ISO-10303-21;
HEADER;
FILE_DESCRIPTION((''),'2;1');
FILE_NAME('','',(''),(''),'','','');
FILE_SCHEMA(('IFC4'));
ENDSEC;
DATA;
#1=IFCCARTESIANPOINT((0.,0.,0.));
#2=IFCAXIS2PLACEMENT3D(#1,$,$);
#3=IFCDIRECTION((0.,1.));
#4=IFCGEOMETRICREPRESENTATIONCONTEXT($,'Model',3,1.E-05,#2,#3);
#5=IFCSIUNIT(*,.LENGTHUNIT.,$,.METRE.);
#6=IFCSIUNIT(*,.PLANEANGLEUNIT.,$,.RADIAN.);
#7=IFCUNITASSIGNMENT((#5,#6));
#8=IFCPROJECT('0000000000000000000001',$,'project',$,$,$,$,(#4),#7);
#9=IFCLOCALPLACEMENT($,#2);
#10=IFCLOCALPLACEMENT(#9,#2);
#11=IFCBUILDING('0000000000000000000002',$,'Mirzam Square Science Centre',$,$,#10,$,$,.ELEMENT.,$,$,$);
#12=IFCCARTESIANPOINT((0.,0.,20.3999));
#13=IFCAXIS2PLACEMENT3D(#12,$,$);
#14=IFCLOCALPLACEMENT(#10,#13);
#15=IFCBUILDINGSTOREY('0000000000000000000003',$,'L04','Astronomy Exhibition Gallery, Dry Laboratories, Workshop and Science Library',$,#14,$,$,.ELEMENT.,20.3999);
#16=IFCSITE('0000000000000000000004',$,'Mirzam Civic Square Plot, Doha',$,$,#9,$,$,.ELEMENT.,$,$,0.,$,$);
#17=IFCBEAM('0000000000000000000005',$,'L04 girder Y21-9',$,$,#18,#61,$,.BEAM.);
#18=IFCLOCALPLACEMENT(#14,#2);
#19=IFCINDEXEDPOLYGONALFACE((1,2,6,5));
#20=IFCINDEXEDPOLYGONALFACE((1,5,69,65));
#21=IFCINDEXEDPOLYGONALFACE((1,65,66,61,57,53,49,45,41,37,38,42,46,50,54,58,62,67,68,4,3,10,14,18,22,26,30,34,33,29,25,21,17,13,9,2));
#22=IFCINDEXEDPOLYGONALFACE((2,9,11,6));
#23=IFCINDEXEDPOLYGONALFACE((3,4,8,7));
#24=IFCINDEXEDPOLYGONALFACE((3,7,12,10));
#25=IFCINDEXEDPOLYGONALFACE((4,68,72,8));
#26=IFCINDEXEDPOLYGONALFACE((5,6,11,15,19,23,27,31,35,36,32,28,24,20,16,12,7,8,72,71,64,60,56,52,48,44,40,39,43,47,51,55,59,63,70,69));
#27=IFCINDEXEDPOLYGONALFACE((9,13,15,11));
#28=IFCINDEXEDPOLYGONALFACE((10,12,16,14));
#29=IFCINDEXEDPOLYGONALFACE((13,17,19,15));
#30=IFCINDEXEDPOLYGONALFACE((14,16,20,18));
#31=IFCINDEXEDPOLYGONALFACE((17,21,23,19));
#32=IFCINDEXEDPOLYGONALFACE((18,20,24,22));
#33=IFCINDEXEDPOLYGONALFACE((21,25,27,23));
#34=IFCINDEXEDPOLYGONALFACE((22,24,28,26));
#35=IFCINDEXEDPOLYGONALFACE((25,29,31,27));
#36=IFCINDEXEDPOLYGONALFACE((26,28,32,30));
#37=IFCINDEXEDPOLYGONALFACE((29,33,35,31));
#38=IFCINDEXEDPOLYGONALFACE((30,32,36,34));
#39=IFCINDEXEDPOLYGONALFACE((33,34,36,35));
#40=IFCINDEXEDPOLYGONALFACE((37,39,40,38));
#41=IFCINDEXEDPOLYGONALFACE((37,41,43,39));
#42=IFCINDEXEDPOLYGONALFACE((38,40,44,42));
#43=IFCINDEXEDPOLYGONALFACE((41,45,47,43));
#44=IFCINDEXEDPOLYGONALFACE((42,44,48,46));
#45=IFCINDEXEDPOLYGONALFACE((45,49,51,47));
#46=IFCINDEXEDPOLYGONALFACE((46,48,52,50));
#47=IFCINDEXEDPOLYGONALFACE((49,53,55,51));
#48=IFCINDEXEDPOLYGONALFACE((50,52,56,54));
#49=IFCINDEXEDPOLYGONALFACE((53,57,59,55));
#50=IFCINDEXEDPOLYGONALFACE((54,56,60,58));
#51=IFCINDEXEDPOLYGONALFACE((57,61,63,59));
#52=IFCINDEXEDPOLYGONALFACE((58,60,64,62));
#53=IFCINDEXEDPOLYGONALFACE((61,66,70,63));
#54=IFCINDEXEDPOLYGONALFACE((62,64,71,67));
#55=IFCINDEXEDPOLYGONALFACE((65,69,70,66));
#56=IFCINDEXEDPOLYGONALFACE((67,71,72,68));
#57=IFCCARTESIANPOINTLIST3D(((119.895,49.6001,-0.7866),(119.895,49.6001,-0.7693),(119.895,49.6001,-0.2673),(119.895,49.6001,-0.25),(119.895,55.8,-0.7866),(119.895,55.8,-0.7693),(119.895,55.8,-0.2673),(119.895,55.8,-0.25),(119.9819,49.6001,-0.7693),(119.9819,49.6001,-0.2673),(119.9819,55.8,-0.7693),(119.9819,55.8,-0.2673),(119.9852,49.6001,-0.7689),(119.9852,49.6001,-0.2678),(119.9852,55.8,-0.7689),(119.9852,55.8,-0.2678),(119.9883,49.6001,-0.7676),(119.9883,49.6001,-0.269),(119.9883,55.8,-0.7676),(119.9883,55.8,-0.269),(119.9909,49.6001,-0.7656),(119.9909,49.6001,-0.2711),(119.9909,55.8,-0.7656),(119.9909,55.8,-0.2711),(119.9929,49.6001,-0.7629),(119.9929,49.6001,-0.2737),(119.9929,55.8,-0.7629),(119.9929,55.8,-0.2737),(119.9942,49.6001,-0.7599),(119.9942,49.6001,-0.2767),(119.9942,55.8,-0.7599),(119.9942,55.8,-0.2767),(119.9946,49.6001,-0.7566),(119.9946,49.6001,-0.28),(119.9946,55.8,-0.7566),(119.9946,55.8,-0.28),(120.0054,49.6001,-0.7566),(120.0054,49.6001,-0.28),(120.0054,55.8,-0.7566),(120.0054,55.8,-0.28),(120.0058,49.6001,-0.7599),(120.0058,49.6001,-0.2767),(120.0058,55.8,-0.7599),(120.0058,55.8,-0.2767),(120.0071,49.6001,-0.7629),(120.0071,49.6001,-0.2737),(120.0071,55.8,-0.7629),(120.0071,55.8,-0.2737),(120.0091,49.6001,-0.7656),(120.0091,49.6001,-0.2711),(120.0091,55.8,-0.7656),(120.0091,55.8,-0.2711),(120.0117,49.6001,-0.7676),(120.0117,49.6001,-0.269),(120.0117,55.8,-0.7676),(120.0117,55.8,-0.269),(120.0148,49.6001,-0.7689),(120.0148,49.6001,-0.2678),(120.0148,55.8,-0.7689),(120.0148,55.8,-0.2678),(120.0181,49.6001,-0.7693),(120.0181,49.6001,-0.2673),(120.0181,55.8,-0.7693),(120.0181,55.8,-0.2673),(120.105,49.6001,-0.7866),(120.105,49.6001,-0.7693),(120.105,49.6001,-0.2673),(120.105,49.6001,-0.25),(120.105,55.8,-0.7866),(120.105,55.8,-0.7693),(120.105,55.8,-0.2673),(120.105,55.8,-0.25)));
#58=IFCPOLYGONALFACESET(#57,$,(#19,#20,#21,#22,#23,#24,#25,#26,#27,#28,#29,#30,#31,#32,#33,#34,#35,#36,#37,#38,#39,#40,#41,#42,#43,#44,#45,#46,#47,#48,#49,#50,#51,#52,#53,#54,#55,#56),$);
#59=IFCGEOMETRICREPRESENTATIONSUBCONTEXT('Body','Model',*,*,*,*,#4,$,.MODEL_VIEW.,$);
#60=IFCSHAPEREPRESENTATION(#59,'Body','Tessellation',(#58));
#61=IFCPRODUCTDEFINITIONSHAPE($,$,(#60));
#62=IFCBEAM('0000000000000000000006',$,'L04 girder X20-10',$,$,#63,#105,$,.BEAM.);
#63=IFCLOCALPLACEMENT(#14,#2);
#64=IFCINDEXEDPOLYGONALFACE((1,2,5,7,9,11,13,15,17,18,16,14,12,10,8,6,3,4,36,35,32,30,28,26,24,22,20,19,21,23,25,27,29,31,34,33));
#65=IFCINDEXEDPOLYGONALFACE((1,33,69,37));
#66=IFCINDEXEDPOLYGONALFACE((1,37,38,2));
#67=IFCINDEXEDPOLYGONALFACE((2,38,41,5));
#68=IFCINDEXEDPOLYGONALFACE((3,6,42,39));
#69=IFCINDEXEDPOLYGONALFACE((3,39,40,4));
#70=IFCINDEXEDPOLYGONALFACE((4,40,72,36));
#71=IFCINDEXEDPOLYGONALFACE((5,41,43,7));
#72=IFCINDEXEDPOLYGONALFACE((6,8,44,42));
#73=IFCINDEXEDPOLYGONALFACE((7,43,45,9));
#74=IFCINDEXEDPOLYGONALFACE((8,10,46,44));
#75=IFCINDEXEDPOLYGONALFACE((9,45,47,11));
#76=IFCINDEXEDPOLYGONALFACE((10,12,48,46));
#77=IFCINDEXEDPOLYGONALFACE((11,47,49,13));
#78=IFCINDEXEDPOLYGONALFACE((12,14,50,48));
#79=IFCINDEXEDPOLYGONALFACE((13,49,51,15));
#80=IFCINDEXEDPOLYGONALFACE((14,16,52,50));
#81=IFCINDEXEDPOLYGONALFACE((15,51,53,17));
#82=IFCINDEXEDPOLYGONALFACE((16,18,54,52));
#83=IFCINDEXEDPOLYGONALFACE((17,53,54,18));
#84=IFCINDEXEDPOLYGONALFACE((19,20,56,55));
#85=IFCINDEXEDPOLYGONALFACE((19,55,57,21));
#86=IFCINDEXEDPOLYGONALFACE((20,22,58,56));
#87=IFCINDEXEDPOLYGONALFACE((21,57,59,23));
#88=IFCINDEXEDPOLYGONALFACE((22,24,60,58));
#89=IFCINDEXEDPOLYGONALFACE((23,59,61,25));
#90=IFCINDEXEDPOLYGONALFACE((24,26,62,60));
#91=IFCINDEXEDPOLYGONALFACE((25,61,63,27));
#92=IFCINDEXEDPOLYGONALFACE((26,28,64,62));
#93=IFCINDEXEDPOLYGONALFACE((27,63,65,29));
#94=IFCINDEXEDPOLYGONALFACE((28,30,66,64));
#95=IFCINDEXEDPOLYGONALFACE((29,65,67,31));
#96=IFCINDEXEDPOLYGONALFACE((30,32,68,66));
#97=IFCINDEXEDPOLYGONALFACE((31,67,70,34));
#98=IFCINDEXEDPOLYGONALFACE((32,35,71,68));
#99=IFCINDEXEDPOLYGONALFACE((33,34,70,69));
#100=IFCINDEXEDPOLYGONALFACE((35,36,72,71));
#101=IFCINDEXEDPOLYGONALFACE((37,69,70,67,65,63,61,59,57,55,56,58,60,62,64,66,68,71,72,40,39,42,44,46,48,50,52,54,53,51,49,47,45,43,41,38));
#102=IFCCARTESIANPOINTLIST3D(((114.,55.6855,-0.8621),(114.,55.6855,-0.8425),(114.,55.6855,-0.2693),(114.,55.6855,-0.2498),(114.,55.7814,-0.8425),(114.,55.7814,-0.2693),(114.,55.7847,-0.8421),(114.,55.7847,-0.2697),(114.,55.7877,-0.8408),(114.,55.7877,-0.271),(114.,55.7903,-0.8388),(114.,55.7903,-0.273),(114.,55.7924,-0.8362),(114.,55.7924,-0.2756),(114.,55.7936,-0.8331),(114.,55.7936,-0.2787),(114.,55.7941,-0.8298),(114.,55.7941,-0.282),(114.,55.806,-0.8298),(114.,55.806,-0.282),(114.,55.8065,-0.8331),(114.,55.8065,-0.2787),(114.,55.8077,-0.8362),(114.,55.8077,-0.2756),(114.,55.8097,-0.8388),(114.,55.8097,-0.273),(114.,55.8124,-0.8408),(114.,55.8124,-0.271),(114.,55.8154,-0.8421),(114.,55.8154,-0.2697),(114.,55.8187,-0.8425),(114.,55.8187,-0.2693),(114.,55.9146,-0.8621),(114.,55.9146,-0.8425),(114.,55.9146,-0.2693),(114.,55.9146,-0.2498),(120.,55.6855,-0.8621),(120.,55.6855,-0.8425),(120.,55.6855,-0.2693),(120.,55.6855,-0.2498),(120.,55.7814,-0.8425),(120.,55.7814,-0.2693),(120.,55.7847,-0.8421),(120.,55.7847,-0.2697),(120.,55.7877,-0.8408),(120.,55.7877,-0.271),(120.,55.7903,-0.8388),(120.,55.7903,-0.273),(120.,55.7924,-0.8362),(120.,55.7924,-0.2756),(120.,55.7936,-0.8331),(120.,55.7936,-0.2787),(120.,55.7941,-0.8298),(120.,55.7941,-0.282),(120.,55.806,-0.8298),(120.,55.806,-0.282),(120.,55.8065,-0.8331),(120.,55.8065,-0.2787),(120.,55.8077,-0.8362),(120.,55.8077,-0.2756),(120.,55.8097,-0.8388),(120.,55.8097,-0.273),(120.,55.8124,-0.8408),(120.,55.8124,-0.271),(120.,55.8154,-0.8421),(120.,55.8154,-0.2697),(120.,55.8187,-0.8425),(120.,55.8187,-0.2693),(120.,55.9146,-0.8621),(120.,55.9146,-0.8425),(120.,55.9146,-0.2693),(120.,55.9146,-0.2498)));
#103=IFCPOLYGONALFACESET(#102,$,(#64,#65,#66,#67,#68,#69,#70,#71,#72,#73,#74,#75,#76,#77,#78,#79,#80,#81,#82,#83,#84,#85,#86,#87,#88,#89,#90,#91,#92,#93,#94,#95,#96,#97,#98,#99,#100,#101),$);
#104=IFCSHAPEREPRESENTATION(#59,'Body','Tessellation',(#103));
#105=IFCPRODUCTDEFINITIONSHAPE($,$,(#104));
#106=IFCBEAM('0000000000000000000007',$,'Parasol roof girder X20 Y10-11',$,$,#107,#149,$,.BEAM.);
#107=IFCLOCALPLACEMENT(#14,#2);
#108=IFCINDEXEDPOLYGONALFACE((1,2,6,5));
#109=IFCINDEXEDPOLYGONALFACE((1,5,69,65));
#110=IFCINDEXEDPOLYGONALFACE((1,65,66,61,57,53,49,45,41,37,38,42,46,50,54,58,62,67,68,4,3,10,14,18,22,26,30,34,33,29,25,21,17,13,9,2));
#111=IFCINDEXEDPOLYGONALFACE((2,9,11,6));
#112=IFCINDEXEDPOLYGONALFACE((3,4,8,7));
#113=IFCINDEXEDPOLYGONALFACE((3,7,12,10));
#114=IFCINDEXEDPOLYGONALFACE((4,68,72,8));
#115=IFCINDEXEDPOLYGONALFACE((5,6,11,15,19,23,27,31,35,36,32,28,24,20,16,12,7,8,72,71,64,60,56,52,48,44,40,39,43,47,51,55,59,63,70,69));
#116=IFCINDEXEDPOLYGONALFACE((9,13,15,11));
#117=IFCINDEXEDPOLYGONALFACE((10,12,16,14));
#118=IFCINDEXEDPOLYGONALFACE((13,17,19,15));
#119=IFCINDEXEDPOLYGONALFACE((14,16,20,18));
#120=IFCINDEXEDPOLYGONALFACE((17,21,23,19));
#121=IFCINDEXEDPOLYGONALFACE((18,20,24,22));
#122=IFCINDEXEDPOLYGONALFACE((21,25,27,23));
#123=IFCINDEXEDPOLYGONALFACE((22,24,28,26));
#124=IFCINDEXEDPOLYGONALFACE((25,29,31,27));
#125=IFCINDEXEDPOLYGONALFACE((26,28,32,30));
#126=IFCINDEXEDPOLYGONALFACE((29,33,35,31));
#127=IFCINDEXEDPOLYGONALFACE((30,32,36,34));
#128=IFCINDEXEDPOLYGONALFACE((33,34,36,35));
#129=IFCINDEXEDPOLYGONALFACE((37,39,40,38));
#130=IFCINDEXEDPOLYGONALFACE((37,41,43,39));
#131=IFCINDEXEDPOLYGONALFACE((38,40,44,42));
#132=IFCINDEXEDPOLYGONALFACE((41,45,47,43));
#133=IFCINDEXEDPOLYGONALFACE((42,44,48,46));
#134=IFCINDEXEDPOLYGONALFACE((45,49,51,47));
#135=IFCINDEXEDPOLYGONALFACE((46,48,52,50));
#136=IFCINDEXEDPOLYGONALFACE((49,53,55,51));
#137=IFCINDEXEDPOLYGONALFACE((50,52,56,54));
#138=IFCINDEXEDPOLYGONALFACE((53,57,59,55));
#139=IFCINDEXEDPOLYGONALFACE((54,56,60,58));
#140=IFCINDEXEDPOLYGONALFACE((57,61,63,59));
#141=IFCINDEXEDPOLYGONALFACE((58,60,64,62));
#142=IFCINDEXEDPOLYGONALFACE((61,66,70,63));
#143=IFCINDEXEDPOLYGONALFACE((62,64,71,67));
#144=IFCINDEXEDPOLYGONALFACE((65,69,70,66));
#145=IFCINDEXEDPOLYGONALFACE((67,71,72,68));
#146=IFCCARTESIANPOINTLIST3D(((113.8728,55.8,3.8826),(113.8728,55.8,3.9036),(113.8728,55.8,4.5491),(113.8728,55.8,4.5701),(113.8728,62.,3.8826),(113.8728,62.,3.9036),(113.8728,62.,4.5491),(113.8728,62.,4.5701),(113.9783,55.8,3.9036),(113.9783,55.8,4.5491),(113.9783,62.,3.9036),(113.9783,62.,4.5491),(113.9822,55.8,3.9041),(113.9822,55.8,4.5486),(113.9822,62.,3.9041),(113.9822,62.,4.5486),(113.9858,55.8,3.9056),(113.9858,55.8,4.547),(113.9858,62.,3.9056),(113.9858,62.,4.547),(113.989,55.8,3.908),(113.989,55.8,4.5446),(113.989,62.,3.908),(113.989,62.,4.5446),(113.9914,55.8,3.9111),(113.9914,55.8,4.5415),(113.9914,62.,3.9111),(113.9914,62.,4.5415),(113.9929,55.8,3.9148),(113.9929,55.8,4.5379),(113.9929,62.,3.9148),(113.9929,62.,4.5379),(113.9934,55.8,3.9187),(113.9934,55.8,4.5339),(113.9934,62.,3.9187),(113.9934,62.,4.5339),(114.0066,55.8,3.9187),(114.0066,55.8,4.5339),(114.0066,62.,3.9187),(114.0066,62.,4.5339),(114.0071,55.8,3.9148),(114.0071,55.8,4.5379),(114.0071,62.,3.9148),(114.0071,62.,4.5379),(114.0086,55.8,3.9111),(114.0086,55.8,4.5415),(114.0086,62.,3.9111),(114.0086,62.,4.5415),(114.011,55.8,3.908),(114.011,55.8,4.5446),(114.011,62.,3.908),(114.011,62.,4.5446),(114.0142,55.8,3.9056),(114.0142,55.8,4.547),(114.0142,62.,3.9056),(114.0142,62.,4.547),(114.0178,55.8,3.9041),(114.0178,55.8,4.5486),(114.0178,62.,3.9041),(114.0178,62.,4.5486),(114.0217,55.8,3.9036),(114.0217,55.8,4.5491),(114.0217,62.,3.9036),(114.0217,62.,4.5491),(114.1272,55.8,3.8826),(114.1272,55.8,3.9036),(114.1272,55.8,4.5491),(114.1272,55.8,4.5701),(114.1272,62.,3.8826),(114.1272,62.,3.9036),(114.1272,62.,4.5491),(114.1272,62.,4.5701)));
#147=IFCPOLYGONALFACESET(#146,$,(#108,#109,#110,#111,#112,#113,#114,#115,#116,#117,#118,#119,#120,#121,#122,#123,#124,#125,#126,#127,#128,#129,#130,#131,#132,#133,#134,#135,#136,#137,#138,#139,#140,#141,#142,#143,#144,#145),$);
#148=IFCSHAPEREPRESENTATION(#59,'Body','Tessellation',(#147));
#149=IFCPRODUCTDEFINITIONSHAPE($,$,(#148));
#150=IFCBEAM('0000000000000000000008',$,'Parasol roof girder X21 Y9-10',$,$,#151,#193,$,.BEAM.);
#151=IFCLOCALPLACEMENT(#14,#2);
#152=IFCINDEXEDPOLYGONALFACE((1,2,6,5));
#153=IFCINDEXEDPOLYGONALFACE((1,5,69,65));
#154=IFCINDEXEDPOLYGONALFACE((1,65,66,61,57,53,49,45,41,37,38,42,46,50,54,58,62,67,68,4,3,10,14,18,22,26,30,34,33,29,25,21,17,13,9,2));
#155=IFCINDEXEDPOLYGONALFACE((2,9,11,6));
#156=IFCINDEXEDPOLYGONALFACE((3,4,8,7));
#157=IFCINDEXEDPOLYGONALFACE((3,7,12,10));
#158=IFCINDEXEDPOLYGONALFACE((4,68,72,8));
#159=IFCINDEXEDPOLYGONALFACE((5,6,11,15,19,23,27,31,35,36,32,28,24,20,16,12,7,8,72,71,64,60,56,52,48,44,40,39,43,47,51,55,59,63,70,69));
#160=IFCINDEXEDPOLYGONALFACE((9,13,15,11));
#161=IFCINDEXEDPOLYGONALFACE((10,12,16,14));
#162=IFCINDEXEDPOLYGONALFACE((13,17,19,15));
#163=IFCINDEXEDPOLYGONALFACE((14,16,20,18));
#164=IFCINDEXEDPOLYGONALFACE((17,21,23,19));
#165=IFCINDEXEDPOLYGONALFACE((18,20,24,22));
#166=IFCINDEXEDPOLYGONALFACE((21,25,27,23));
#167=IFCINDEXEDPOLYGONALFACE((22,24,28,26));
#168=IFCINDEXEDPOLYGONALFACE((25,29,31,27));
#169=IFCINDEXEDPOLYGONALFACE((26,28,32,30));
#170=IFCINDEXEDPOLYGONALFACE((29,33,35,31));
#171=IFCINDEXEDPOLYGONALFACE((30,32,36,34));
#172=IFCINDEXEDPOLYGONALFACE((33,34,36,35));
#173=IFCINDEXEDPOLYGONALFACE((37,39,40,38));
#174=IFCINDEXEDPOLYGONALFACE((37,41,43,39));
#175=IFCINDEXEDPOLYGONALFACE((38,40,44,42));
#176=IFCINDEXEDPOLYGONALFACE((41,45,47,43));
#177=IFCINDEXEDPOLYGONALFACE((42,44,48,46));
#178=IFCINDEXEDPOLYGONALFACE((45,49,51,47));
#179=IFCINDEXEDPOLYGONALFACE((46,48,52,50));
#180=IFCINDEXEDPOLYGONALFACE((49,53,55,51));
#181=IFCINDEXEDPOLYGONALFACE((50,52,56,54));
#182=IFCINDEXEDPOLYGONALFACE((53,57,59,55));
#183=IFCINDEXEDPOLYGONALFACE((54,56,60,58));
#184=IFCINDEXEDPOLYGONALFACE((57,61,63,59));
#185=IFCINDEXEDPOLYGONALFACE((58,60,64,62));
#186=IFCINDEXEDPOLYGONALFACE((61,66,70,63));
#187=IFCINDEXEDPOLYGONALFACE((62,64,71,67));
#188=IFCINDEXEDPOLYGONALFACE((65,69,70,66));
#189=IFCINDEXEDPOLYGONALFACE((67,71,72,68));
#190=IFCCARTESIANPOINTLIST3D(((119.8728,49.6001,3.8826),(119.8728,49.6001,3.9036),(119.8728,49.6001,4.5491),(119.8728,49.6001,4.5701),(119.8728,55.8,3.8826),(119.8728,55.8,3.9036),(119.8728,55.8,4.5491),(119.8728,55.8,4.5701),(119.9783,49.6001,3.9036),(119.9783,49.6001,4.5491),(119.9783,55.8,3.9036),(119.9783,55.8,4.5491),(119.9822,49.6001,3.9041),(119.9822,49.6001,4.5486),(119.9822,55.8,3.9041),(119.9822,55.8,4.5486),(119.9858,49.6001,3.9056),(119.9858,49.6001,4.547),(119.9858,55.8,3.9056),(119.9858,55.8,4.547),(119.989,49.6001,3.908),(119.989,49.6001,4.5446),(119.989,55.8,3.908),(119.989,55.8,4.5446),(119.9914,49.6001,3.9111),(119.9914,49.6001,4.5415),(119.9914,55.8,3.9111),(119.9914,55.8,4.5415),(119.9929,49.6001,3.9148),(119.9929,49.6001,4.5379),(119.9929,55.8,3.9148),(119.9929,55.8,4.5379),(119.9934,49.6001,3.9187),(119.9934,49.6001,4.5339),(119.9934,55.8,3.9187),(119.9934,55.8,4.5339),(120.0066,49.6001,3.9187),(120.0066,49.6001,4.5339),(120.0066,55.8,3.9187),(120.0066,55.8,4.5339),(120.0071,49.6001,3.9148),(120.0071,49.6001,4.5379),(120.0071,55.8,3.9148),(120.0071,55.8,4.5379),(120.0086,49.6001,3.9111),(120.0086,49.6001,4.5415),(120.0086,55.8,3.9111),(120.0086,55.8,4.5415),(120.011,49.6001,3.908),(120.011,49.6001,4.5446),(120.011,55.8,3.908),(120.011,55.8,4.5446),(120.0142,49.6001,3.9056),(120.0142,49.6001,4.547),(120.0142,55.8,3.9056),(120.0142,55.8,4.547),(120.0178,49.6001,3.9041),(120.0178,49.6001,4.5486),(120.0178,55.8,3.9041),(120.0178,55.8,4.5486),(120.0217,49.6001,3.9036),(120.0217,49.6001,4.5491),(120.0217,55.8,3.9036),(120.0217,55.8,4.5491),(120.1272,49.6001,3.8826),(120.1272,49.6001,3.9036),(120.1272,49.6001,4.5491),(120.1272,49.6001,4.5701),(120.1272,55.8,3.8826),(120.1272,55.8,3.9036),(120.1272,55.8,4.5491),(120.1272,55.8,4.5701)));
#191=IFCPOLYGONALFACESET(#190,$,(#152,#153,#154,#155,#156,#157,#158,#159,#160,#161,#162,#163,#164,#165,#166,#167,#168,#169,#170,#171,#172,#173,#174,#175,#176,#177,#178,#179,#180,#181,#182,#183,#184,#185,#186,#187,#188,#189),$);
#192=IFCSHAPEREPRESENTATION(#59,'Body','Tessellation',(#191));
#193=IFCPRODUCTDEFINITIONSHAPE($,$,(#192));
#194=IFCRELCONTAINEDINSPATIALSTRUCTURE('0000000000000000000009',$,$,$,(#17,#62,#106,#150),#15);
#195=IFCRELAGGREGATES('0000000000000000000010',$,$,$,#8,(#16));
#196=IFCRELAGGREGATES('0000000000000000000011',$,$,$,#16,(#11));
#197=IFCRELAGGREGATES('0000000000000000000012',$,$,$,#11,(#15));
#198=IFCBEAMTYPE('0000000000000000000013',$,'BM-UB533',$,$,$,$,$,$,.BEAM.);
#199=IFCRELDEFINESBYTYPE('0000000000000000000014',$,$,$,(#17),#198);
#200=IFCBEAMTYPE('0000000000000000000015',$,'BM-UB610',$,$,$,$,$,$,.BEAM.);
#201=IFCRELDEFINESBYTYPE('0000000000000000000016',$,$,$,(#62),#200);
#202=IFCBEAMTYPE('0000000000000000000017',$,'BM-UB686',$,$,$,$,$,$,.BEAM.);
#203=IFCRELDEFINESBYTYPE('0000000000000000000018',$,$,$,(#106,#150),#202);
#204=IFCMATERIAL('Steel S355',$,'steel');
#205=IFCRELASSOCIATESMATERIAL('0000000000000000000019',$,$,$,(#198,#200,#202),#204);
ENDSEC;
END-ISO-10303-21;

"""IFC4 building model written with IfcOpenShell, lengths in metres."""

from ifc_helpers import new_model, si_unit, direction, frame, origin, origin_2d, place, context, subcontext, project, spatial, i_section, extrude, material, material_profile, profile_set, type_object, element, save


model = new_model("IFC4")

# Units and contexts
model_context = context("Model", 3, precision=1e-05, world=origin(), true_north=direction((0.0, 1.0)))
body_context = subcontext(model_context, "Body", "Model", "MODEL_VIEW")
ifc_project = project(units=[si_unit("LENGTHUNIT", "METRE"), si_unit("PLANEANGLEUNIT", "RADIAN")], contexts=[model_context])

# Site, building, storey
site_placement = place(None, origin())
site = spatial("IfcSite", under=ifc_project, at=site_placement, Name="Mirzam Civic Square Plot, Doha", CompositionType="ELEMENT", RefElevation=0.0)
building_placement = place(site_placement, origin())
building = spatial("IfcBuilding", under=site, at=building_placement, Name="Mirzam Square Science Centre", CompositionType="ELEMENT")
storey_placement = place(building_placement, frame((0.0, 0.0, 20.3999)))
storey = spatial("IfcBuildingStorey", under=building, at=storey_placement, Name="L04", Description="Astronomy Exhibition Gallery, Dry Laboratories, Workshop and Science Library", CompositionType="ELEMENT", Elevation=20.3999)

# Shared definitions
ifc_material_1 = material(Name="Steel S355", Category="steel")

# Beams
ifc_material_profile_1 = material_profile(ifc_material_1, i_section(OverallWidth=0.21, OverallDepth=0.5366, WebThickness=0.0107, FlangeThickness=0.0173, FilletRadius=0.0127, at=origin_2d()), Name="533x210x101UB")
ifc_profile_set_1 = profile_set([ifc_material_profile_1], Name="Steel S355")
beam_type_1 = type_object("IfcBeamType", Name="BM-UB533", PredefinedType="BEAM", material=ifc_profile_set_1)
beam_1_placement = place(storey_placement, frame((120.0, 49.6001, -0.5183), z_axis=(0.0, 1.0, 0.0), x_axis=(-1.0, 0.0, 0.0)))
element("IfcBeam", 1, at=beam_1_placement, inside=storey, type_object=beam_type_1, Name="L04 girder Y21-9", PredefinedType="BEAM", context=body_context, shape_type="SweptSolid", body=[
    extrude(i_section(OverallWidth=0.21, OverallDepth=0.5366, WebThickness=0.0107, FlangeThickness=0.0173, FilletRadius=0.0127, at=origin_2d()), origin(), (0.0, 0.0, 1.0), 6.2),
])
ifc_material_profile_2 = material_profile(ifc_material_1, i_section(OverallWidth=0.229, OverallDepth=0.6123, WebThickness=0.012, FlangeThickness=0.0195, FilletRadius=0.0127, at=origin_2d()), Name="610x229x125UB")
ifc_profile_set_2 = profile_set([ifc_material_profile_2], Name="Steel S355")
beam_type_2 = type_object("IfcBeamType", Name="BM-UB610", PredefinedType="BEAM", material=ifc_profile_set_2)
beam_2_placement = place(storey_placement, frame((114.0, 55.8, -0.5559), z_axis=(1.0, 0.0, 0.0), x_axis=(0.0, 1.0, 0.0)))
element("IfcBeam", 2, at=beam_2_placement, inside=storey, type_object=beam_type_2, Name="L04 girder X20-10", PredefinedType="BEAM", context=body_context, shape_type="SweptSolid", body=[
    extrude(i_section(OverallWidth=0.229, OverallDepth=0.6123, WebThickness=0.012, FlangeThickness=0.0195, FilletRadius=0.0127, at=origin_2d()), origin(), (0.0, 0.0, 1.0), 6.0),
])
ifc_material_profile_3 = material_profile(ifc_material_1, i_section(OverallWidth=0.2544, OverallDepth=0.6875, WebThickness=0.0132, FlangeThickness=0.021, FilletRadius=0.0151, at=origin_2d()), Name="686x254x152UB")
ifc_profile_set_3 = profile_set([ifc_material_profile_3], Name="Steel S355")
beam_type_3 = type_object("IfcBeamType", Name="BM-UB686", PredefinedType="BEAM", material=ifc_profile_set_3)
for number, where, z_axis, x_axis, name in (
    (3, (114.0, 55.8, 4.2263), (0.0, 1.0, 0.0), (-1.0, 0.0, 0.0), "Parasol roof girder X20 Y10-11"),
    (4, (120.0, 49.6001, 4.2263), (0.0, 1.0, 0.0), (-1.0, 0.0, 0.0), "Parasol roof girder X21 Y9-10"),
):
    element("IfcBeam", number, at=place(storey_placement, frame(where, z_axis=z_axis, x_axis=x_axis)), inside=storey, type_object=beam_type_3, Name=name, PredefinedType="BEAM", context=body_context, shape_type="SweptSolid", body=[
        extrude(i_section(OverallWidth=0.2544, OverallDepth=0.6875, WebThickness=0.0132, FlangeThickness=0.021, FilletRadius=0.0151, at=origin_2d()), origin(), (0.0, 0.0, 1.0), 6.2),
    ])

save(model, "model.ifc")
